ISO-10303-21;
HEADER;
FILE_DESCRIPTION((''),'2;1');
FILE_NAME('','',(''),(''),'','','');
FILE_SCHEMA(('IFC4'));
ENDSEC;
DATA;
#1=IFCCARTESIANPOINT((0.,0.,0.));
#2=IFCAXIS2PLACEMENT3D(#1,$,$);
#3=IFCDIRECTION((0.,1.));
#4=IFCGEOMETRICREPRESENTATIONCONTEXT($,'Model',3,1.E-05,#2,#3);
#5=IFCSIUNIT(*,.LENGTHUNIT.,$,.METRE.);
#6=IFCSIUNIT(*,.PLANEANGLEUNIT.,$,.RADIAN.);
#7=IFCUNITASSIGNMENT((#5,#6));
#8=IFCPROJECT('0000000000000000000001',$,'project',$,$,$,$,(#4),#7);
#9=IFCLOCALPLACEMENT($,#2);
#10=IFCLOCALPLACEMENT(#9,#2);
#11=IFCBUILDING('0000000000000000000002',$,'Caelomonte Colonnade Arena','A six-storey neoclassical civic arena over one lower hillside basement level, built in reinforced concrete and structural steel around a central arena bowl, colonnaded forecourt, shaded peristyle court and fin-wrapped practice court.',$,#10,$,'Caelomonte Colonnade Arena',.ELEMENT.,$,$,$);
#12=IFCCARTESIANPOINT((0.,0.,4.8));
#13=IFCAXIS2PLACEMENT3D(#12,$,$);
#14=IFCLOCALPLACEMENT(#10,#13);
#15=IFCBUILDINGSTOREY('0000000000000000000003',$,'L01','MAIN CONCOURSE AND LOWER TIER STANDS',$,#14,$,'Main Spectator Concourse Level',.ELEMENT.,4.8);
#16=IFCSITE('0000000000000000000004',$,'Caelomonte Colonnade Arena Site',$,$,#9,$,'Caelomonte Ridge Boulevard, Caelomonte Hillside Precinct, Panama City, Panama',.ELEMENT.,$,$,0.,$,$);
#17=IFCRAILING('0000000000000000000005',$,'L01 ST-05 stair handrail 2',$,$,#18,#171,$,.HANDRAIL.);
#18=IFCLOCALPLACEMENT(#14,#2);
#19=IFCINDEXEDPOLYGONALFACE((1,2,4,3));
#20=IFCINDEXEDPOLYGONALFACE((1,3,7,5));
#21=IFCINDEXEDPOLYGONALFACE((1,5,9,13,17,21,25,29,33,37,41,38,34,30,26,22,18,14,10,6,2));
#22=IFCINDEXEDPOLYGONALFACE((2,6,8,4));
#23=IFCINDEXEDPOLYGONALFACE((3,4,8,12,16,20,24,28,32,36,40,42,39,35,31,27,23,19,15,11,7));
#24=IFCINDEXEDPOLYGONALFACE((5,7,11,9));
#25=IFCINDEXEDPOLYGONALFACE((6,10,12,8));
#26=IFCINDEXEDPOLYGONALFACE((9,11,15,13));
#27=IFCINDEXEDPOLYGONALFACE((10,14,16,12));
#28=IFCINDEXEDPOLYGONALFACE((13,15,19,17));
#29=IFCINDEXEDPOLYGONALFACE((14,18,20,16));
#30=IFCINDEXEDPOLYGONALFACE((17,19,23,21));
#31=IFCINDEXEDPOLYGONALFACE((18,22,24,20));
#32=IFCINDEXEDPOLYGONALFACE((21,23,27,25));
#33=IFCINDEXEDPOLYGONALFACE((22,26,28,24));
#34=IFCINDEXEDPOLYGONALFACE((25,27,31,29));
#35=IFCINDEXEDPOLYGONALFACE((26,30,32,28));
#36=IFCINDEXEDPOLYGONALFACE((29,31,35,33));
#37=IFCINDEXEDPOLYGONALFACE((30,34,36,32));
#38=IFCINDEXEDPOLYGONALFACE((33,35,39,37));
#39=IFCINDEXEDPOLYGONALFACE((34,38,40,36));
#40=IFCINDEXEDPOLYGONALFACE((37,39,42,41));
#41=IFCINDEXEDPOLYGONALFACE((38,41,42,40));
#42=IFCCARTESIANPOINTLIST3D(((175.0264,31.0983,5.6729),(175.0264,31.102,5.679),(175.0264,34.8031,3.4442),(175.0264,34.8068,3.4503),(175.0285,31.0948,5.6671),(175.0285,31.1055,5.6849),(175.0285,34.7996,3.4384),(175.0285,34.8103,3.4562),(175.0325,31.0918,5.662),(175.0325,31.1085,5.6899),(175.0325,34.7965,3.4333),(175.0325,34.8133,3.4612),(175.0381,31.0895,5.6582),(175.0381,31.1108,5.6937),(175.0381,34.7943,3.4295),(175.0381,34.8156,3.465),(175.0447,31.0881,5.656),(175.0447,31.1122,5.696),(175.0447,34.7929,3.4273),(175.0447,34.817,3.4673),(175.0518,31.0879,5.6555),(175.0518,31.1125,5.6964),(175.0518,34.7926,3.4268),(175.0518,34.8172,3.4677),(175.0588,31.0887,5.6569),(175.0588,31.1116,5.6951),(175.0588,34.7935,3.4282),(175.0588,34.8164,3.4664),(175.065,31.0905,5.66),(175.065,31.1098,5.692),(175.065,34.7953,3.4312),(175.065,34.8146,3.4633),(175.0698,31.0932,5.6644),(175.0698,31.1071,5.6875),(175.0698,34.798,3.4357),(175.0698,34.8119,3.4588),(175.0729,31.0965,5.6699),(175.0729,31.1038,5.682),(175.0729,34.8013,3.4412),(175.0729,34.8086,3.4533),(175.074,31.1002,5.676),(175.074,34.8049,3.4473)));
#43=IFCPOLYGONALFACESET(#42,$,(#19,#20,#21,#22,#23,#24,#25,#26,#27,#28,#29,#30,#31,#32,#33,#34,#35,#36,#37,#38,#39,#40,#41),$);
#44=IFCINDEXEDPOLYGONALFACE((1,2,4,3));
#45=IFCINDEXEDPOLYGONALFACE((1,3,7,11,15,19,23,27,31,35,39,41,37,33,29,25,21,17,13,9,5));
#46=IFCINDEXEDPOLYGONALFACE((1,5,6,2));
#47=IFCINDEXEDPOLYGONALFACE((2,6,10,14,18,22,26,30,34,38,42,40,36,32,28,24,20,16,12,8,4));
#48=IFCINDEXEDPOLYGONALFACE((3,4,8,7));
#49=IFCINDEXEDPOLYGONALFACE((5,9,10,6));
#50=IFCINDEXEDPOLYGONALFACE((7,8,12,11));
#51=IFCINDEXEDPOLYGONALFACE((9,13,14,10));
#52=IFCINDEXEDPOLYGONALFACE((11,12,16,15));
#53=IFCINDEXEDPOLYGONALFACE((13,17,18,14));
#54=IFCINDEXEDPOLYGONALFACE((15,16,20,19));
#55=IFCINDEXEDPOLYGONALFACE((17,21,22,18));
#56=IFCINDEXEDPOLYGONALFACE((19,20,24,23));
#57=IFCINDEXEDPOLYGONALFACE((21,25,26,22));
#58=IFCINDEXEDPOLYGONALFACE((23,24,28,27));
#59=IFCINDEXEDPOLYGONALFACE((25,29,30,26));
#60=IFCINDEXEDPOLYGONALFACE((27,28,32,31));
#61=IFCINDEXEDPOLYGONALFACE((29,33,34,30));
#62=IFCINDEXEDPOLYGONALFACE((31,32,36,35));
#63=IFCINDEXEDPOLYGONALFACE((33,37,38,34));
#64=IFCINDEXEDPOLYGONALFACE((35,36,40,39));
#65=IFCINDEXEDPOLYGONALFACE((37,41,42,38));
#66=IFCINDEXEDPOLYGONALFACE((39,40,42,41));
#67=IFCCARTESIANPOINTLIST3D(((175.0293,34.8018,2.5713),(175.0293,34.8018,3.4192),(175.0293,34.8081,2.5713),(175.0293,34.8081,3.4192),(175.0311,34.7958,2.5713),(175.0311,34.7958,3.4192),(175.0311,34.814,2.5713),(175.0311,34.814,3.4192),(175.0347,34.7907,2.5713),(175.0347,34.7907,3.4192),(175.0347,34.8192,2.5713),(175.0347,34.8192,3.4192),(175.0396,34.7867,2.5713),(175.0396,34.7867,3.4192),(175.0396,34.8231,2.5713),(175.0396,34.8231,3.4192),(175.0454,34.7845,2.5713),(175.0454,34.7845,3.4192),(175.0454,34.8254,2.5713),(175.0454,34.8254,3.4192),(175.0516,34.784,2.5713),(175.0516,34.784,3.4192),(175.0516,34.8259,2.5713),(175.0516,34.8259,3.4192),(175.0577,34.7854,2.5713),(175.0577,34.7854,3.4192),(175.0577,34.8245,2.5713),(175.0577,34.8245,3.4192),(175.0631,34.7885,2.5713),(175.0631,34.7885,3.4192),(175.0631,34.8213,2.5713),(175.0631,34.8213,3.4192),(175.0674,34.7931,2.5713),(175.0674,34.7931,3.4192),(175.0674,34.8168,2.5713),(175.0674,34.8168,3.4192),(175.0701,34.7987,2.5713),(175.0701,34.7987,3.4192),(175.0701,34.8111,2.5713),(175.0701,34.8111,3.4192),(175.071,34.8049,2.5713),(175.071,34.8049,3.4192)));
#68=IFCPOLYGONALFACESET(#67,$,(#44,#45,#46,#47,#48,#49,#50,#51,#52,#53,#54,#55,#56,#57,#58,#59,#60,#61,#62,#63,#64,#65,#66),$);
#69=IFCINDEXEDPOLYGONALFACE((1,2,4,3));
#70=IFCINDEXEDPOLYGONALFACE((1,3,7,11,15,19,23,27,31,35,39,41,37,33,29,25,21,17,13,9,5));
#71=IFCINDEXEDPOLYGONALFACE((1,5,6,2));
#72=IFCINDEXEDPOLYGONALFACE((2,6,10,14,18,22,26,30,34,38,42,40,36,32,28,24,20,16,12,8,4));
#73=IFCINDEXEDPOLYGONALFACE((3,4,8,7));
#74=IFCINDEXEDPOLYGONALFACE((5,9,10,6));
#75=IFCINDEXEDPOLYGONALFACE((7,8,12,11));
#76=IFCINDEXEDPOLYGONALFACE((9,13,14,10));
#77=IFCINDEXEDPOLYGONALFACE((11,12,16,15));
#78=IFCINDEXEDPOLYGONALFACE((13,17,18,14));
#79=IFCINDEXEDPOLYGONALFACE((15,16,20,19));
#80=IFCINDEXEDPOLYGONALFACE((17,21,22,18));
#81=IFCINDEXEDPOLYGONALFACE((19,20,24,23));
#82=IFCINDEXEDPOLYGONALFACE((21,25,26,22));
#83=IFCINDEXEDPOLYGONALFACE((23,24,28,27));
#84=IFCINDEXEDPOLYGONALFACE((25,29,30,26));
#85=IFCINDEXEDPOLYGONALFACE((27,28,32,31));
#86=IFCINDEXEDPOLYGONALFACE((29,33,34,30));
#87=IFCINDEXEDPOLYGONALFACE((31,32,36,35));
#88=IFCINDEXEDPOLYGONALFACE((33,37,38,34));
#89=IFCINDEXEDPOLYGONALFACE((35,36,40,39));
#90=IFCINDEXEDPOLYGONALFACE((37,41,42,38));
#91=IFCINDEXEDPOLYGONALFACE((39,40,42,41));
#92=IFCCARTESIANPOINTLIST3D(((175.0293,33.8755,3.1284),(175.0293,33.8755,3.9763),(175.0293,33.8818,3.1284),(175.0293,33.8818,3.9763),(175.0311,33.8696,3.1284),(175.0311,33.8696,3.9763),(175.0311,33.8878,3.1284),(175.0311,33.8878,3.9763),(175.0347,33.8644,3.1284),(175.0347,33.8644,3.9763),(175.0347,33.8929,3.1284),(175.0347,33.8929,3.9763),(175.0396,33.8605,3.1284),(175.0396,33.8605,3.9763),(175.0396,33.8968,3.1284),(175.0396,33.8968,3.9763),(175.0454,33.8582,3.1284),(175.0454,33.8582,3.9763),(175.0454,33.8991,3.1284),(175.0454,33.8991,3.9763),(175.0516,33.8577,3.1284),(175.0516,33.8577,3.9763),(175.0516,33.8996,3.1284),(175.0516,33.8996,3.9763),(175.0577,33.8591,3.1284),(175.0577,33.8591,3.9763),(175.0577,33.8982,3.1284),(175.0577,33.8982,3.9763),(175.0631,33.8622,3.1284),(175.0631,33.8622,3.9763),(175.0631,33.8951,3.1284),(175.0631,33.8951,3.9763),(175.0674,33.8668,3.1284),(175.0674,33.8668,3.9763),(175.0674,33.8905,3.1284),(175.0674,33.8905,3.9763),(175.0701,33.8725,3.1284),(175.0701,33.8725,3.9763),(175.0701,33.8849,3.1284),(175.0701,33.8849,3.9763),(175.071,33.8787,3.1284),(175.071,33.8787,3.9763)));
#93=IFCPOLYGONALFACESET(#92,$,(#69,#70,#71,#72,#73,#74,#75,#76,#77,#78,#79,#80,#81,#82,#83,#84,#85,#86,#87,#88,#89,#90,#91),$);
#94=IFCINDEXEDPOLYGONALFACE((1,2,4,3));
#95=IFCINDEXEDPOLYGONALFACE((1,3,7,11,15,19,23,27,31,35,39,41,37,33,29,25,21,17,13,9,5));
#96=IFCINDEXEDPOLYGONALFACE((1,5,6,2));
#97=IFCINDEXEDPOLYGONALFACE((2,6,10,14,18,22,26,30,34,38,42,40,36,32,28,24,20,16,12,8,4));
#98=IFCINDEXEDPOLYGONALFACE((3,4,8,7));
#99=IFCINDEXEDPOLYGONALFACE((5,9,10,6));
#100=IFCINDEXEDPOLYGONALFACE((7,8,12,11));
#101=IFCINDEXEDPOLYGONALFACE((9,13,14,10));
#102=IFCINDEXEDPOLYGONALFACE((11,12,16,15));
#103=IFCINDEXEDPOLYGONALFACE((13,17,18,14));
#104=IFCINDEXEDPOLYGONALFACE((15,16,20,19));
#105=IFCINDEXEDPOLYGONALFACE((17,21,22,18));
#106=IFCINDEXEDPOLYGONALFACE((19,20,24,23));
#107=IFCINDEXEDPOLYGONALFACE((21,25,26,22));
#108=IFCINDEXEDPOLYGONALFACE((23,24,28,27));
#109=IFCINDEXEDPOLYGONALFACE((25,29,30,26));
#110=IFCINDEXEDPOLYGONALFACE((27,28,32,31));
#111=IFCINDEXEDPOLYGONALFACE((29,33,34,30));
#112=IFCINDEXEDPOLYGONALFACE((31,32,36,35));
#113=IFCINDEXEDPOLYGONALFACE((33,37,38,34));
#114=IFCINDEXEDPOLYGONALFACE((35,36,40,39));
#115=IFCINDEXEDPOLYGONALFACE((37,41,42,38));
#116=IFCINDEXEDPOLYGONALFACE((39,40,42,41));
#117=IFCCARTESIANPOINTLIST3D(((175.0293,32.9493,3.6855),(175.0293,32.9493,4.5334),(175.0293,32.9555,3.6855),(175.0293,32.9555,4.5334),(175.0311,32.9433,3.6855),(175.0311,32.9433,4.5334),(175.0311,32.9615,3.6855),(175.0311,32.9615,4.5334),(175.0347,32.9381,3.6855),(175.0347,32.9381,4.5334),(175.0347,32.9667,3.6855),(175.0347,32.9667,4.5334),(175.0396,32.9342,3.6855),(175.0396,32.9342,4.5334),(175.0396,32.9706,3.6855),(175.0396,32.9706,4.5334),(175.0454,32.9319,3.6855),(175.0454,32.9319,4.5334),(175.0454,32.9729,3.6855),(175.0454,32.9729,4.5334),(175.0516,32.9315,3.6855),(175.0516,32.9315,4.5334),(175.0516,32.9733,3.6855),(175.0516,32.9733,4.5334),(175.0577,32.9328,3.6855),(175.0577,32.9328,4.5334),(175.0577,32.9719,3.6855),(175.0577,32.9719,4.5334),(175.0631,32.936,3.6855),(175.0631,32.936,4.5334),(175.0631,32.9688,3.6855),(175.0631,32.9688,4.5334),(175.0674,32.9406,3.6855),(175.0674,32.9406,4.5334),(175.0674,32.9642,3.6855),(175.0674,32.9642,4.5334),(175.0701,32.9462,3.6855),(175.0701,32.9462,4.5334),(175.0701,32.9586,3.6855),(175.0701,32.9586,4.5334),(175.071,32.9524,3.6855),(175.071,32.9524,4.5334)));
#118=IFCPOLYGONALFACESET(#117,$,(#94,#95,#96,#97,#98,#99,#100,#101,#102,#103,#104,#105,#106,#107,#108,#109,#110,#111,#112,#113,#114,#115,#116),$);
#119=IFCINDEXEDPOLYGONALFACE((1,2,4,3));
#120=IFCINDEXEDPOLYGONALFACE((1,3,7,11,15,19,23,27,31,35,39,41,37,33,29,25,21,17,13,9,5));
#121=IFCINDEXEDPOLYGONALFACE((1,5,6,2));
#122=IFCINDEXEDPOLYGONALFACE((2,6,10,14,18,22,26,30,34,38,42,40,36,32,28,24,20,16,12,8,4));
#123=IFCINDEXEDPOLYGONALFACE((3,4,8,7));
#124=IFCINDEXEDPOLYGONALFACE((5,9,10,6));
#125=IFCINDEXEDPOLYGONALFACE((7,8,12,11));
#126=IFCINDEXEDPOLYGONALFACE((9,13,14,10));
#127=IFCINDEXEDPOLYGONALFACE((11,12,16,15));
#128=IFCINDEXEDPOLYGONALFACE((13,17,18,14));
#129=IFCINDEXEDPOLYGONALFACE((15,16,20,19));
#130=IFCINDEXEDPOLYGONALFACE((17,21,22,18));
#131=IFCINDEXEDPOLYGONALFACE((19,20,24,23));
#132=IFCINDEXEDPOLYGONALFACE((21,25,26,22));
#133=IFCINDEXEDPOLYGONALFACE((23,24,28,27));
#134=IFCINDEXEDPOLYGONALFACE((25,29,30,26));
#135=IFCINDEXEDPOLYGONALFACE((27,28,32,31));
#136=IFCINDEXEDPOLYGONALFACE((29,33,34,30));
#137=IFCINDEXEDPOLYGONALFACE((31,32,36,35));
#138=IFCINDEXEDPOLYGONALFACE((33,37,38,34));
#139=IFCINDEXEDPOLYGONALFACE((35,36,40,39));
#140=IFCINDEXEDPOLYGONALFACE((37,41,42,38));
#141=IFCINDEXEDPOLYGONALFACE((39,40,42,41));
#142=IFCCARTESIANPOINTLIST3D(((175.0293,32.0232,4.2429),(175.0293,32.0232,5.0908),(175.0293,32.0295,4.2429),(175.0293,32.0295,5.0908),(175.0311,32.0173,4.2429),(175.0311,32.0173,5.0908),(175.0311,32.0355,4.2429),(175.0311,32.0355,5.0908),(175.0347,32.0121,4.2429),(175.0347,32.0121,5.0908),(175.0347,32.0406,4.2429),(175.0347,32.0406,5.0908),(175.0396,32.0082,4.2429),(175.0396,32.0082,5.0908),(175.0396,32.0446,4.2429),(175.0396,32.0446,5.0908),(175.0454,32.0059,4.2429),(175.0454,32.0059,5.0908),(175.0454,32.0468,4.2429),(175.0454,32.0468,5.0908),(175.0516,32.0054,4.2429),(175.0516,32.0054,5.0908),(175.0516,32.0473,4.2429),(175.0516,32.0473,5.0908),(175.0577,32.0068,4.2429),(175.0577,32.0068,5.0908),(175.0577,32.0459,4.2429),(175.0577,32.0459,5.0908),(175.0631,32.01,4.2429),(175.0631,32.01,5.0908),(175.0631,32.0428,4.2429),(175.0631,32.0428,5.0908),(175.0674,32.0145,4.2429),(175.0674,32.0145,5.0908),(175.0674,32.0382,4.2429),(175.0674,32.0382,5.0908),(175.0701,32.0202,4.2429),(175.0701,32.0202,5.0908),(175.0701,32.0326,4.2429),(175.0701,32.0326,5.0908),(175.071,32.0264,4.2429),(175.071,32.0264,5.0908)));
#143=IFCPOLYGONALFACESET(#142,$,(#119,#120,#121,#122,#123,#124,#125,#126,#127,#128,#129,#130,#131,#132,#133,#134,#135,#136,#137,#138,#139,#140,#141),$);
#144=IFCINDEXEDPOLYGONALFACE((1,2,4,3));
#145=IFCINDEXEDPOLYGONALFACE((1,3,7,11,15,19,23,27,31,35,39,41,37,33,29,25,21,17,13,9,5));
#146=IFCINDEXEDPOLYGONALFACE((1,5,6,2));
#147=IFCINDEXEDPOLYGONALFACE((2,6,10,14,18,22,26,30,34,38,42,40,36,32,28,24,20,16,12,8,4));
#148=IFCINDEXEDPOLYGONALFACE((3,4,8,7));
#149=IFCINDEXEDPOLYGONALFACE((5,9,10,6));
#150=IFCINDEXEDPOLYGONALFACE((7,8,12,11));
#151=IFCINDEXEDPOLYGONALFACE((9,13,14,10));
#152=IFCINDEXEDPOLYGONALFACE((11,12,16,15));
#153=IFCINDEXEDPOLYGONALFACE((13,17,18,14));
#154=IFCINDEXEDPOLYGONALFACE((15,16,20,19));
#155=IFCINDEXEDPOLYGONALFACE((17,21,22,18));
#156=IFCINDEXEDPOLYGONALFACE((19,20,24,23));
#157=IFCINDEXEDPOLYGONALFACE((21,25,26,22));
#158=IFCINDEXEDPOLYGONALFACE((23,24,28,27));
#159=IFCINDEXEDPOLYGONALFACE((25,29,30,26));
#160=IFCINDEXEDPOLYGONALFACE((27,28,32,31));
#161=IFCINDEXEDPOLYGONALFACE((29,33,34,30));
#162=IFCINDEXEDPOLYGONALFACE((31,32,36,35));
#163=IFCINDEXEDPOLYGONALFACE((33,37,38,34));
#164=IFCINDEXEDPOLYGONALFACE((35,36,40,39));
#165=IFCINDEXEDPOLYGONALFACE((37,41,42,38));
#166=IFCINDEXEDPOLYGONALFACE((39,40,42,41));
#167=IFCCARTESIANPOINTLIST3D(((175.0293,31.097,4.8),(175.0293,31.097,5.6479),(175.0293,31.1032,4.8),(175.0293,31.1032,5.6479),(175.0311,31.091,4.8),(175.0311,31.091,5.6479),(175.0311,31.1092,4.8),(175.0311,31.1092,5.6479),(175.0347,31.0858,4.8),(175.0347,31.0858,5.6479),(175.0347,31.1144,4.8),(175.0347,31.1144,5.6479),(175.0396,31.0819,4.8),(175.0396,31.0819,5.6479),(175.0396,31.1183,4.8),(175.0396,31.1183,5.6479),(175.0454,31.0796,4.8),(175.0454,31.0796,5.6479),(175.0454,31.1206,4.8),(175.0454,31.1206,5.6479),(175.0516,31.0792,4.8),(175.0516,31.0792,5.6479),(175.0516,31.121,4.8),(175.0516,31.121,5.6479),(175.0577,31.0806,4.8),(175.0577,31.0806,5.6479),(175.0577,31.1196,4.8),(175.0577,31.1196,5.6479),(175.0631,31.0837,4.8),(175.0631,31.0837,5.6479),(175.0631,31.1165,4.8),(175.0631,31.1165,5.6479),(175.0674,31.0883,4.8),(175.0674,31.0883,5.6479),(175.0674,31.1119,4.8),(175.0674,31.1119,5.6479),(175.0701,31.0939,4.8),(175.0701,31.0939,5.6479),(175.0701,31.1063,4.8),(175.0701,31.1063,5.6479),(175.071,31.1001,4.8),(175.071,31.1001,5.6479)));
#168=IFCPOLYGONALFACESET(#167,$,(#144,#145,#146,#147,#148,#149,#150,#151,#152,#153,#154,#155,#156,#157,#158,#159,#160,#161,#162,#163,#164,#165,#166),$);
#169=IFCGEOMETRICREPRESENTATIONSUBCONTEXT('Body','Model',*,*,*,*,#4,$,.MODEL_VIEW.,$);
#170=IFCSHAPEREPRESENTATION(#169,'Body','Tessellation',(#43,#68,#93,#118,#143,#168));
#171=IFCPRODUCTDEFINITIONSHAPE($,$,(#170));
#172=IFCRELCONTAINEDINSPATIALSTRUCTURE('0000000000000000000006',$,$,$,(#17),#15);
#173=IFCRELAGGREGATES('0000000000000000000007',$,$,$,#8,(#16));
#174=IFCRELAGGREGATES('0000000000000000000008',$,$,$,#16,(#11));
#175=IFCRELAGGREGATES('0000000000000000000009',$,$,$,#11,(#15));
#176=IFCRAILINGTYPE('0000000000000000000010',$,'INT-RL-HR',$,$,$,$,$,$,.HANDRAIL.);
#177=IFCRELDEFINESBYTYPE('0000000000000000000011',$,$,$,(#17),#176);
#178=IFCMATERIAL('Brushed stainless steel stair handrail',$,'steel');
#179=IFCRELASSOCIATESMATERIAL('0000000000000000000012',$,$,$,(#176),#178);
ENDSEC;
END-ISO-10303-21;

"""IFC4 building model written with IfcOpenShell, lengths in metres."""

from ifc_helpers import new_model, si_unit, direction, frame, origin, origin_2d, place, context, subcontext, project, spatial, circle, extrude, material, type_object, element, save


model = new_model("IFC4")

# Units and contexts
model_context = context("Model", 3, precision=1e-05, world=origin(), true_north=direction((0.0, 1.0)))
body_context = subcontext(model_context, "Body", "Model", "MODEL_VIEW")
ifc_project = project(units=[si_unit("LENGTHUNIT", "METRE"), si_unit("PLANEANGLEUNIT", "RADIAN")], contexts=[model_context])

# Site, building, storey
site_placement = place(None, origin())
site = spatial("IfcSite", under=ifc_project, at=site_placement, Name="Caelomonte Colonnade Arena Site", LongName="Caelomonte Ridge Boulevard, Caelomonte Hillside Precinct, Panama City, Panama", CompositionType="ELEMENT", RefElevation=0.0)
building_placement = place(site_placement, origin())
building = spatial("IfcBuilding", under=site, at=building_placement, Name="Caelomonte Colonnade Arena", Description="A six-storey neoclassical civic arena over one lower hillside basement level, built in reinforced concrete and structural steel around a central arena bowl, colonnaded forecourt, shaded peristyle court and fin-wrapped practice court.", LongName="Caelomonte Colonnade Arena", CompositionType="ELEMENT")
storey_placement = place(building_placement, frame((0.0, 0.0, 4.8)))
storey = spatial("IfcBuildingStorey", under=building, at=storey_placement, Name="L01", Description="MAIN CONCOURSE AND LOWER TIER STANDS", LongName="Main Spectator Concourse Level", CompositionType="ELEMENT", Elevation=4.8)

# Railing
ifc_material_1 = material(Name="Brushed stainless steel stair handrail", Category="steel")
railing_type_1 = type_object("IfcRailingType", Name="INT-RL-HR", PredefinedType="HANDRAIL", material=ifc_material_1)
railing_1_placement = place(storey_placement, frame((175.05, 34.8049, 2.5713)))
element("IfcRailing", 1, at=railing_1_placement, inside=storey, type_object=railing_type_1, Name="L01 ST-05 stair handrail 2", PredefinedType="HANDRAIL", context=body_context, shape_type="SweptSolid", body=[
    extrude(circle(Radius=0.0239, at=origin_2d()), frame((0.0, 0.0, 0.876), z_axis=(0.0, -0.856894, 0.515492), x_axis=(1.0, 0.0, 0.0)), (0.0, 0.0, 1.0), 4.3235),
    extrude(circle(Radius=0.021, at=origin_2d()), origin(), (0.0, 0.0, 1.0), 0.8479),
    extrude(circle(Radius=0.021, at=origin_2d()), frame((0.0, -0.9263, 0.5571)), (0.0, 0.0, 1.0), 0.8479),
    extrude(circle(Radius=0.021, at=origin_2d()), frame((0.0, -1.8525, 1.1143)), (0.0, 0.0, 1.0), 0.8479),
    extrude(circle(Radius=0.021, at=origin_2d()), frame((0.0, -2.7786, 1.6716)), (0.0, 0.0, 1.0), 0.8479),
    extrude(circle(Radius=0.021, at=origin_2d()), frame((0.0, -3.7048, 2.2288)), (0.0, 0.0, 1.0), 0.8479),
])

save(model, "model.ifc")
